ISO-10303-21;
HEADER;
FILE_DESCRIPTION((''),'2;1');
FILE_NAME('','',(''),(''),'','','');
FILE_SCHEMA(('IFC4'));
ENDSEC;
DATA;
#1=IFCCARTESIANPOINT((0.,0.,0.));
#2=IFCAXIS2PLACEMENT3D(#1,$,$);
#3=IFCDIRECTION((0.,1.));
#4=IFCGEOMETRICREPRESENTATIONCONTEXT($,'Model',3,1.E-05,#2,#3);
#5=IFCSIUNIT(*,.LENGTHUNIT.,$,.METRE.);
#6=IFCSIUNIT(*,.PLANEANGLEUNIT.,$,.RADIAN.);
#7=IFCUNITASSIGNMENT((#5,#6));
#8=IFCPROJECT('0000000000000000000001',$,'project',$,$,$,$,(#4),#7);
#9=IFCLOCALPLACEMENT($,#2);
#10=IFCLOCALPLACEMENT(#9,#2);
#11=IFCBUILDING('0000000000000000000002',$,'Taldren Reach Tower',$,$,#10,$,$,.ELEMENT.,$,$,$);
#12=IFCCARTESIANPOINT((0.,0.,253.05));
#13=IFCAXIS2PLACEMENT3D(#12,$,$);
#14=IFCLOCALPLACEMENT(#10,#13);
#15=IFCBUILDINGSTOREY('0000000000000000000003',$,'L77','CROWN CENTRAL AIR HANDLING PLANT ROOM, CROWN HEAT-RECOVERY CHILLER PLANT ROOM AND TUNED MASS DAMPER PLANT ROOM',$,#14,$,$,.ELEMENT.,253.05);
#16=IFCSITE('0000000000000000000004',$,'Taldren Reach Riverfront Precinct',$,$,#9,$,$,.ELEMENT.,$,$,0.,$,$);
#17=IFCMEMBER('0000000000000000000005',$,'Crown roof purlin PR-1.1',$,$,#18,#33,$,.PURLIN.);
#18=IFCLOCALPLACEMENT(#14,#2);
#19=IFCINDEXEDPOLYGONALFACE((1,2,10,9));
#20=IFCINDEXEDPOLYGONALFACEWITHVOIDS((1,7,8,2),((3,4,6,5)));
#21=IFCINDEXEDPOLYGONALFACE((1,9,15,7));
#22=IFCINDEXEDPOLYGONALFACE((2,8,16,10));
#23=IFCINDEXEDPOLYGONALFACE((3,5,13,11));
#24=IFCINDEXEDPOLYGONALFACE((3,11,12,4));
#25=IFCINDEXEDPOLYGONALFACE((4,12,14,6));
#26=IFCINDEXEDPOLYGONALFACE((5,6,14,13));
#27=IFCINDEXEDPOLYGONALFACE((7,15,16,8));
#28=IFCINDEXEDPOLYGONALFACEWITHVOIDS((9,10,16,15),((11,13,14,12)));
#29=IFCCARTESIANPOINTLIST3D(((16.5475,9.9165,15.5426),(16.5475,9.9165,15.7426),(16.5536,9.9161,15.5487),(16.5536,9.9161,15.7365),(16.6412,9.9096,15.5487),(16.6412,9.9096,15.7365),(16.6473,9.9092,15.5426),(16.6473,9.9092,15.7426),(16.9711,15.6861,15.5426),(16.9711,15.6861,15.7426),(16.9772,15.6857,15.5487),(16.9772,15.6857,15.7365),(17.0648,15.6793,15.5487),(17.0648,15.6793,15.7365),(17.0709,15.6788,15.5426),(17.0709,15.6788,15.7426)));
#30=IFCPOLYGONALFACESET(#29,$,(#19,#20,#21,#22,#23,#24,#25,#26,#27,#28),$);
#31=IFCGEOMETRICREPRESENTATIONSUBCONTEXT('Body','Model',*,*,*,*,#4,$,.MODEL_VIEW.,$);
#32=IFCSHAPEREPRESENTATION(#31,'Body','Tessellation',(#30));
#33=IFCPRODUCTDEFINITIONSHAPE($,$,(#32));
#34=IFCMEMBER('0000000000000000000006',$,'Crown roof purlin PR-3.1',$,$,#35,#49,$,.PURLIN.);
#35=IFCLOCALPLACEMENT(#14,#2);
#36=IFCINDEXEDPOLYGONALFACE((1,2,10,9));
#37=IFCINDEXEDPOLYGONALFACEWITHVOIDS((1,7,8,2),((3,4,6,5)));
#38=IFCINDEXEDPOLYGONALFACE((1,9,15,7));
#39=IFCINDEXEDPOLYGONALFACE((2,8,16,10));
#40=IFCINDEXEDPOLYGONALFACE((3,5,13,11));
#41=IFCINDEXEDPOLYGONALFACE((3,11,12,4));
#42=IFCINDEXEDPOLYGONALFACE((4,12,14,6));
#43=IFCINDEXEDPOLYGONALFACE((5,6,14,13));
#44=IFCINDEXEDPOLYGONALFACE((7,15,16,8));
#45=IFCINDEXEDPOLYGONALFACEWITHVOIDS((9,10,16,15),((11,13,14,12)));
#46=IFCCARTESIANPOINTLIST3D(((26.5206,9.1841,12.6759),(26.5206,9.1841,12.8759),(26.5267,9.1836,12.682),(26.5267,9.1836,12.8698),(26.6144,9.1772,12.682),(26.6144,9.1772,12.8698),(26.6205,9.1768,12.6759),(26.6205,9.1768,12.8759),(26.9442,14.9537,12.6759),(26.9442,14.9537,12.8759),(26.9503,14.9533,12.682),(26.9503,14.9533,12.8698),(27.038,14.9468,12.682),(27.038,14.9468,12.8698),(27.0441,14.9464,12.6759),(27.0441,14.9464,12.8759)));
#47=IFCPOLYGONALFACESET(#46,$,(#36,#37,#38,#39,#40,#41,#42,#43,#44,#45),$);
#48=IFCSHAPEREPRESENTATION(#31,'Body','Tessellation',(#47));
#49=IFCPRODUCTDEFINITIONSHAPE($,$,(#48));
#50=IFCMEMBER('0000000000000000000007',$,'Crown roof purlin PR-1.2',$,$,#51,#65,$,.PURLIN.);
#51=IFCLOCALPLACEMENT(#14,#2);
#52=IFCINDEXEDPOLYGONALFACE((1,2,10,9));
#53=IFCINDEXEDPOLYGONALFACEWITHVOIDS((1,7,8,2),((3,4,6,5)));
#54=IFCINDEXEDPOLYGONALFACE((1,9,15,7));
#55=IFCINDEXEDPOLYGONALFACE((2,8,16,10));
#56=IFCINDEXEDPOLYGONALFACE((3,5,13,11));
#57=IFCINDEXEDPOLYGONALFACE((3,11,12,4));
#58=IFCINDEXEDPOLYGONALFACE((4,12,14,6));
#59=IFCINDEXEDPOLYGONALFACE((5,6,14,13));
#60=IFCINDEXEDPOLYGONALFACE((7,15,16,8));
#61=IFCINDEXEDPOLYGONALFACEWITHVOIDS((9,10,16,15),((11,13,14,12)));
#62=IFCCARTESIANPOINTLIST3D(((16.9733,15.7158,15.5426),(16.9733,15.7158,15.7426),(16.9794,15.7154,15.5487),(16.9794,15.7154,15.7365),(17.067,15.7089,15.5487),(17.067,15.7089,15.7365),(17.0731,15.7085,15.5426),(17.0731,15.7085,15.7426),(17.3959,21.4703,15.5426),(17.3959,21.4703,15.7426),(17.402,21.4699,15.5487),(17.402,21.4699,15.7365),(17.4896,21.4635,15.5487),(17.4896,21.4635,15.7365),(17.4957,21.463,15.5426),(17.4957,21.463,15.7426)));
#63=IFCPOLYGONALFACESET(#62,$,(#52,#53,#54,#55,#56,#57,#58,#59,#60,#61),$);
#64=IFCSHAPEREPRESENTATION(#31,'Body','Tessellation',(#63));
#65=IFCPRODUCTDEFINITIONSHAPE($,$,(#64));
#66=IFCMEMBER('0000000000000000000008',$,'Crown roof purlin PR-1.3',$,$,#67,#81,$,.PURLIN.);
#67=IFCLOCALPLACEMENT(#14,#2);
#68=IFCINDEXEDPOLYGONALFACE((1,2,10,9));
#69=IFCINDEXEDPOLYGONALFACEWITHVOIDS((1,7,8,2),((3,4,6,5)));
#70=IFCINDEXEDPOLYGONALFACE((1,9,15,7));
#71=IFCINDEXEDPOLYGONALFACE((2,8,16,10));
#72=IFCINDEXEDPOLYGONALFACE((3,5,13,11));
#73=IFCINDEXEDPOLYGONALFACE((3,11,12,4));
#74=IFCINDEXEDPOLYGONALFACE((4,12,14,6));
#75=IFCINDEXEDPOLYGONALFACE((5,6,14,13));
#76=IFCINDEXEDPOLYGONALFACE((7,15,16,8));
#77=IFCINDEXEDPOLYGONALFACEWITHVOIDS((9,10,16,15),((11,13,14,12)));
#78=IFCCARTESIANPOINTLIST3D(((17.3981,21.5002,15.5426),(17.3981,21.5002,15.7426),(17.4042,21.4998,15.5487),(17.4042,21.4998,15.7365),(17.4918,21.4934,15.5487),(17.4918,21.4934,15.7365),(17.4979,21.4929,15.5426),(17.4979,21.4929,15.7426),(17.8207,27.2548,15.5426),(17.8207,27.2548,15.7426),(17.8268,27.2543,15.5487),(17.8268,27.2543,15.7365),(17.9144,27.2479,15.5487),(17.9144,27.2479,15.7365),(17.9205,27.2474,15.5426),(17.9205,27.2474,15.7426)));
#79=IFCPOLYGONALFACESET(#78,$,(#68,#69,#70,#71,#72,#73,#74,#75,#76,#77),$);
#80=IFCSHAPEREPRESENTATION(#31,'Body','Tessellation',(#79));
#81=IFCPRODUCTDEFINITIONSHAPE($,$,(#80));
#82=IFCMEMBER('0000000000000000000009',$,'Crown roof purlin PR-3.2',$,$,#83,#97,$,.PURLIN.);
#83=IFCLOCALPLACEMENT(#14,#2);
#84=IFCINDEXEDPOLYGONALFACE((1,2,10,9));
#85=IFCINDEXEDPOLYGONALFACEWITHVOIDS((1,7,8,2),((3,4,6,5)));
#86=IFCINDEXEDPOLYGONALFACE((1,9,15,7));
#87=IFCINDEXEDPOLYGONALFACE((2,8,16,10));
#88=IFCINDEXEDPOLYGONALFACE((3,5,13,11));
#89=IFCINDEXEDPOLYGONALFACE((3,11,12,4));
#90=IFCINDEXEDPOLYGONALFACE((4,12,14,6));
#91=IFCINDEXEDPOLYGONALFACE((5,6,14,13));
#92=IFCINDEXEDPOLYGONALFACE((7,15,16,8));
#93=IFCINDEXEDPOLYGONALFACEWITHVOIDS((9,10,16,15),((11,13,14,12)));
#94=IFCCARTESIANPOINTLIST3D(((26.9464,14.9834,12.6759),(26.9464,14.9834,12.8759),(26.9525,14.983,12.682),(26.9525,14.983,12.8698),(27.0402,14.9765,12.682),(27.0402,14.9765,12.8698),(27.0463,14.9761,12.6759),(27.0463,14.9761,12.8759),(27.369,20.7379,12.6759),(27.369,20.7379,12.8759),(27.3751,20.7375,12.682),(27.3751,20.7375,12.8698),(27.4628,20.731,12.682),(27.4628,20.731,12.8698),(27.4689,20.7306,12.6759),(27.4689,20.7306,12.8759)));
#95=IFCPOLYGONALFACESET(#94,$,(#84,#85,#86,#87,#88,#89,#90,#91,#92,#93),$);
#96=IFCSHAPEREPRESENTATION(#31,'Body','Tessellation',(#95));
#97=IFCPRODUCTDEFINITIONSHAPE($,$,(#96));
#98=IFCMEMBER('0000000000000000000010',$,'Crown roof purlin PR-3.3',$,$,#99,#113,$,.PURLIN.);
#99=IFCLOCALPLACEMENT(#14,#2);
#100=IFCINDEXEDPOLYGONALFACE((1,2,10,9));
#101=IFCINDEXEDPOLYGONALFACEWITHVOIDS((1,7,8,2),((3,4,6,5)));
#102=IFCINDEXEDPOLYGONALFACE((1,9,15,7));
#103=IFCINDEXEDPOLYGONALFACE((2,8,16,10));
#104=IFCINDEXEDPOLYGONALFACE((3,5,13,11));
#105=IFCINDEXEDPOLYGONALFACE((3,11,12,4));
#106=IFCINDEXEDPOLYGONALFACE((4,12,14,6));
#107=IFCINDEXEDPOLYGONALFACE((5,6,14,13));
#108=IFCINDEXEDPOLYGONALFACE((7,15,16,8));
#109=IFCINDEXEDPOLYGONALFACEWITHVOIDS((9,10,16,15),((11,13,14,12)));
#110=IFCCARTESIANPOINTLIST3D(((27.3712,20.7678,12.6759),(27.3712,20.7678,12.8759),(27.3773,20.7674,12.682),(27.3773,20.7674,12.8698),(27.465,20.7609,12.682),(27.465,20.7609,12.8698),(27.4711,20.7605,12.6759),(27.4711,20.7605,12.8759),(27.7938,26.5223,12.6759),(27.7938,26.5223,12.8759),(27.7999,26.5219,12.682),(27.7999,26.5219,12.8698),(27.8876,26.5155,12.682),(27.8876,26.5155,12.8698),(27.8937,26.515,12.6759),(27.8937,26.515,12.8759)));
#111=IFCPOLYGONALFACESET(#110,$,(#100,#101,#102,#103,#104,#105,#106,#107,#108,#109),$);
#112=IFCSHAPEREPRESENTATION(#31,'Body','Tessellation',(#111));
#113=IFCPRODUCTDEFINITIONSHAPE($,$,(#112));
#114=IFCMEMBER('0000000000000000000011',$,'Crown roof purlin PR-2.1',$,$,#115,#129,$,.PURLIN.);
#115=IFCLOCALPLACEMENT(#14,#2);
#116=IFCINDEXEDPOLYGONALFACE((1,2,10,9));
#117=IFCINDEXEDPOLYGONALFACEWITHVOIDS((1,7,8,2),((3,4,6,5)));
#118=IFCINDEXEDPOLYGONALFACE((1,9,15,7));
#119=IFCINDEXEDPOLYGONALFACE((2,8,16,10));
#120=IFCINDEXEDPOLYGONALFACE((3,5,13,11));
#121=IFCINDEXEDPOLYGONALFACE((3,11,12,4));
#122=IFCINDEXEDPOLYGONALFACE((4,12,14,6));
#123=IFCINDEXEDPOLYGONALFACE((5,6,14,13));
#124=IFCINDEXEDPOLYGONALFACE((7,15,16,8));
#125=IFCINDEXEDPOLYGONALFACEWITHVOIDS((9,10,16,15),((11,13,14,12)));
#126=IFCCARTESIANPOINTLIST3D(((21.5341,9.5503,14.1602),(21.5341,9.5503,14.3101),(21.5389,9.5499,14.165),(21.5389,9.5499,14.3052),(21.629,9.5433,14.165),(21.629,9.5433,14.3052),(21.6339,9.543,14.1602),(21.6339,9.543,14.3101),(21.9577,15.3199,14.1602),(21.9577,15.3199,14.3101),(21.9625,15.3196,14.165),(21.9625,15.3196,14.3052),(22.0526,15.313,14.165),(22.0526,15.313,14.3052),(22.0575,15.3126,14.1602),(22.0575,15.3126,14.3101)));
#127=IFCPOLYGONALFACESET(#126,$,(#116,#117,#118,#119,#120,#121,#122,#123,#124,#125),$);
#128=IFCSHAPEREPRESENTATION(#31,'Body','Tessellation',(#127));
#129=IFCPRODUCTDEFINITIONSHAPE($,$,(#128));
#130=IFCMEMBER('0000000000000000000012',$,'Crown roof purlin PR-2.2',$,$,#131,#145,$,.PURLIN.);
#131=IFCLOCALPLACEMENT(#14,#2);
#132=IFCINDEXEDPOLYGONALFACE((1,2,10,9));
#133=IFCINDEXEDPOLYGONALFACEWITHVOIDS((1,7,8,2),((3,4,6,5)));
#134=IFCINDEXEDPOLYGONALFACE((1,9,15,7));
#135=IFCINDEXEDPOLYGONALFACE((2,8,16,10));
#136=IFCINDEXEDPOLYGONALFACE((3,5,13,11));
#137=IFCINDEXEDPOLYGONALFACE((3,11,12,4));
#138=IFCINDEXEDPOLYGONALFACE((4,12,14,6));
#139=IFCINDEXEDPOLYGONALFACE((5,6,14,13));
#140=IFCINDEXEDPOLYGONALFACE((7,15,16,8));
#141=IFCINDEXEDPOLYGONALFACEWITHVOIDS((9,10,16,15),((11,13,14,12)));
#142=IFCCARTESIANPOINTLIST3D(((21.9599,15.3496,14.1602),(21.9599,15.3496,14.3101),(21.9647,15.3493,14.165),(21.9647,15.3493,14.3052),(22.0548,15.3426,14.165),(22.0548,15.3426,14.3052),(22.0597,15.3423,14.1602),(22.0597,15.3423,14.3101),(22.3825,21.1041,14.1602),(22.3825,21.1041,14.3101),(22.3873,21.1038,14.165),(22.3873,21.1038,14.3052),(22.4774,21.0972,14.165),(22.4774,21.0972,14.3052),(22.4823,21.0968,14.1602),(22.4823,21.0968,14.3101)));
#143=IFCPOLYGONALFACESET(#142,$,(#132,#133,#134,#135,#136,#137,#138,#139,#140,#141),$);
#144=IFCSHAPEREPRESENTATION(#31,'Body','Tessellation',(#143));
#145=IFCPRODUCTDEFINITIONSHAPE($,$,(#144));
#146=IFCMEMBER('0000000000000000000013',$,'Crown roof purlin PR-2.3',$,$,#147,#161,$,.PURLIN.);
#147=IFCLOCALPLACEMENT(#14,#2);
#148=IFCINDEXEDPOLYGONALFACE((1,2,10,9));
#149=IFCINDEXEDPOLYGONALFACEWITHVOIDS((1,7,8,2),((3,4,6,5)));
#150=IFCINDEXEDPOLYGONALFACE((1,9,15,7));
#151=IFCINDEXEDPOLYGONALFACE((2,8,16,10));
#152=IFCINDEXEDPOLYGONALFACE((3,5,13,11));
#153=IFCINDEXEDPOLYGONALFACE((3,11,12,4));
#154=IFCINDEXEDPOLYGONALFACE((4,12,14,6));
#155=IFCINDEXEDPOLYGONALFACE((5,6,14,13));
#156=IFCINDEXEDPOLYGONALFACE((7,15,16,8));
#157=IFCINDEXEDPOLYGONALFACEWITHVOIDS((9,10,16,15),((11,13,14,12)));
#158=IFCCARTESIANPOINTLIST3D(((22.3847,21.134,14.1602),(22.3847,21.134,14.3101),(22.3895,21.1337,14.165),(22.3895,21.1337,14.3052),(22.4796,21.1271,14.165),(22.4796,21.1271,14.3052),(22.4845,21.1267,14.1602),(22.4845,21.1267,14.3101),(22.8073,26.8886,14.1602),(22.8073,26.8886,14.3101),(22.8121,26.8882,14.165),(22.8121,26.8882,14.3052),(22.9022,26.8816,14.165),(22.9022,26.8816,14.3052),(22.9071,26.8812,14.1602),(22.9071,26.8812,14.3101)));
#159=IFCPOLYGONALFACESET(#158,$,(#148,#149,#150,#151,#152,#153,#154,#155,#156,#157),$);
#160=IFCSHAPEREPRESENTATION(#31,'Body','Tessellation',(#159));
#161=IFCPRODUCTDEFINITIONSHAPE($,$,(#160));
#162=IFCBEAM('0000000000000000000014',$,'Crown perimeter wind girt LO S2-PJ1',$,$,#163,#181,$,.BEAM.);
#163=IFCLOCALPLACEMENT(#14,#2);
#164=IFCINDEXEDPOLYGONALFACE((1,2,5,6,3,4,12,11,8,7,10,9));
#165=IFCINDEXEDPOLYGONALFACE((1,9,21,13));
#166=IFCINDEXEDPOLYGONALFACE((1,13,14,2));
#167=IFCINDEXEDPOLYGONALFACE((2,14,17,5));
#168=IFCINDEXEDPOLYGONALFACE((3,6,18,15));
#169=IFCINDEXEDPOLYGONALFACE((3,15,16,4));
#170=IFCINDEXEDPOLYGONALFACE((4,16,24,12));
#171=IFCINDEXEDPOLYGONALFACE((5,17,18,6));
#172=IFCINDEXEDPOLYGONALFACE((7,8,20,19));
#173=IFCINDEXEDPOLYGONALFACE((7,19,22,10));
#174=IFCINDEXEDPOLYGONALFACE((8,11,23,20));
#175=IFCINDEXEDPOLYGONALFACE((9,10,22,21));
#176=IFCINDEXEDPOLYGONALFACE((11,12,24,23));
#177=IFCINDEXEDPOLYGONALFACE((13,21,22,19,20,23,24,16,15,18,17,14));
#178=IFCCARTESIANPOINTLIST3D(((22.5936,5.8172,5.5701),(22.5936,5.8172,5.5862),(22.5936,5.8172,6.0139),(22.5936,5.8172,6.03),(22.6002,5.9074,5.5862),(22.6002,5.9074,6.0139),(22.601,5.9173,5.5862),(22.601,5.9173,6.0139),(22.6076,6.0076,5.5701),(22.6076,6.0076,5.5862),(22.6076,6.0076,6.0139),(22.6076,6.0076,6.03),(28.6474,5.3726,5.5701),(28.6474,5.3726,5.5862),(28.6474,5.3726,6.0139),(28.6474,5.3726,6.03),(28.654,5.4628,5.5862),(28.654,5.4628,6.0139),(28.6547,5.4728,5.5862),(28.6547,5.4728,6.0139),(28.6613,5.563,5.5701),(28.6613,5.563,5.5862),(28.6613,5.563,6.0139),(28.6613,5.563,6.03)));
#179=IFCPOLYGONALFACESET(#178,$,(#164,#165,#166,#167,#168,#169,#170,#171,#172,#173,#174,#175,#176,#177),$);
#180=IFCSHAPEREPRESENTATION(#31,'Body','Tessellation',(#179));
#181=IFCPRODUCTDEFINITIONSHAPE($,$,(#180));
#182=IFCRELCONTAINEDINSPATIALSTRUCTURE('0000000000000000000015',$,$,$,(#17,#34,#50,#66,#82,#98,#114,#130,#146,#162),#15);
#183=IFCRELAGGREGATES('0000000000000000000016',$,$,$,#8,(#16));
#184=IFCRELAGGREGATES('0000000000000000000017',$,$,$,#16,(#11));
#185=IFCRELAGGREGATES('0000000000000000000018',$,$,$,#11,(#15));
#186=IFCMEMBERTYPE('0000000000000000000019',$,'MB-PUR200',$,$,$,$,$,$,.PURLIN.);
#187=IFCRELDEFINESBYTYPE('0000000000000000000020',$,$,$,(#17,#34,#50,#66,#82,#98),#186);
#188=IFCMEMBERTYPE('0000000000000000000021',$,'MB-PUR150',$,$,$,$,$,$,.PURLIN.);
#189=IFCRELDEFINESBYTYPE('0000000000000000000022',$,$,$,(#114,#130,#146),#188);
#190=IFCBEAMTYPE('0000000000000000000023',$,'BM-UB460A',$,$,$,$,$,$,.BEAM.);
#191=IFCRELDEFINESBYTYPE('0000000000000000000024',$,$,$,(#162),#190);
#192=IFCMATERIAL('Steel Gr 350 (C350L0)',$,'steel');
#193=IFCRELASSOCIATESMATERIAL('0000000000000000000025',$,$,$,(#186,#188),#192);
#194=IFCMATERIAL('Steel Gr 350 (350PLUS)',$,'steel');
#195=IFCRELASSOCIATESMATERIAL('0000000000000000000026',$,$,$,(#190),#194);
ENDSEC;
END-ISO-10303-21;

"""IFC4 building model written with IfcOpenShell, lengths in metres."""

from ifc_helpers import new_model, si_unit, direction, frame, origin, origin_2d, place, context, subcontext, project, spatial, hollow_rectangle, i_section, extrude, source, transform, mapped, material, material_profile, profile_set, type_object, element, save


model = new_model("IFC4")

# Units and contexts
model_context = context("Model", 3, precision=1e-05, world=origin(), true_north=direction((0.0, 1.0)))
body_context = subcontext(model_context, "Body", "Model", "MODEL_VIEW")
ifc_project = project(units=[si_unit("LENGTHUNIT", "METRE"), si_unit("PLANEANGLEUNIT", "RADIAN")], contexts=[model_context])

# Site, building, storey
site_placement = place(None, origin())
site = spatial("IfcSite", under=ifc_project, at=site_placement, Name="Taldren Reach Riverfront Precinct", CompositionType="ELEMENT", RefElevation=0.0)
building_placement = place(site_placement, origin())
building = spatial("IfcBuilding", under=site, at=building_placement, Name="Taldren Reach Tower", CompositionType="ELEMENT")
storey_placement = place(building_placement, frame((0.0, 0.0, 253.05)))
storey = spatial("IfcBuildingStorey", under=building, at=storey_placement, Name="L77", Description="CROWN CENTRAL AIR HANDLING PLANT ROOM, CROWN HEAT-RECOVERY CHILLER PLANT ROOM AND TUNED MASS DAMPER PLANT ROOM", CompositionType="ELEMENT", Elevation=253.05)

# Shared definitions
ifc_material_1 = material(Name="Steel Gr 350 (350PLUS)", Category="steel")

# Shared definitions
ifc_material_2 = material(Name="Steel Gr 350 (C350L0)", Category="steel")

# Members
ifc_material_profile_1 = material_profile(ifc_material_2, hollow_rectangle(XDim=0.1001, YDim=0.2, WallThickness=0.0061, at=origin_2d()), Name="200x100x6.0RHS")
ifc_profile_set_1 = profile_set([ifc_material_profile_1], Name="Steel Gr 350 (C350L0)")
member_type_1 = type_object("IfcMemberType", Name="MB-PUR200", PredefinedType="PURLIN", material=ifc_profile_set_1)
shared_shape_1 = source(origin(), body_context, "Body", "SweptSolid", [
    extrude(hollow_rectangle(XDim=0.1001, YDim=0.2, WallThickness=0.0061, at=origin_2d()), origin(), (0.0, 0.0, 1.0), 5.7852),
])
for number, where, z_axis, x_axis, name in (
    (1, (16.5974, 9.9128, 15.6426), (0.07322, 0.997316, 0.0), (-0.997316, 0.07322, 0.0), "Crown roof purlin PR-1.1"),
    (2, (26.5706, 9.1804, 12.7759), (0.07322, 0.997316, 0.0), (-0.997316, 0.07322, 0.0), "Crown roof purlin PR-3.1"),
):
    element("IfcMember", number, at=place(storey_placement, frame(where, z_axis=z_axis, x_axis=x_axis)), inside=storey, type_object=member_type_1, Name=name, PredefinedType="PURLIN", context=body_context, shape_type="MappedRepresentation", body=[
        mapped(shared_shape_1, transform((0.0, 0.0, 0.0), scale=1.0)),
    ])
shared_shape_2 = source(origin(), body_context, "Body", "SweptSolid", [
    extrude(hollow_rectangle(XDim=0.1001, YDim=0.2, WallThickness=0.0061, at=origin_2d()), origin(), (0.0, 0.0, 1.0), 5.77),
])
for number, where, z_axis, x_axis, name in (
    (3, (17.0232, 15.7122, 15.6426), (0.07324, 0.997314, 0.0), (-0.997314, 0.07324, 0.0), "Crown roof purlin PR-1.2"),
    (4, (17.448, 21.4966, 15.6426), (0.07324, 0.997314, 0.0), (-0.997314, 0.07324, 0.0), "Crown roof purlin PR-1.3"),
    (5, (26.9963, 14.9797, 12.7759), (0.07324, 0.997314, 0.0), (-0.997314, 0.07324, 0.0), "Crown roof purlin PR-3.2"),
    (6, (27.4211, 20.7642, 12.7759), (0.07324, 0.997314, 0.0), (-0.997314, 0.07324, 0.0), "Crown roof purlin PR-3.3"),
):
    element("IfcMember", number, at=place(storey_placement, frame(where, z_axis=z_axis, x_axis=x_axis)), inside=storey, type_object=member_type_1, Name=name, PredefinedType="PURLIN", context=body_context, shape_type="MappedRepresentation", body=[
        mapped(shared_shape_2, transform((0.0, 0.0, 0.0), scale=1.0)),
    ])
ifc_material_profile_2 = material_profile(ifc_material_2, hollow_rectangle(XDim=0.1001, YDim=0.1499, WallThickness=0.0049, at=origin_2d()), Name="150x100x5.0RHS")
ifc_profile_set_2 = profile_set([ifc_material_profile_2], Name="Steel Gr 350 (C350L0)")
member_type_2 = type_object("IfcMemberType", Name="MB-PUR150", PredefinedType="PURLIN", material=ifc_profile_set_2)
shared_shape_3 = source(origin(), body_context, "Body", "SweptSolid", [
    extrude(hollow_rectangle(XDim=0.1001, YDim=0.1499, WallThickness=0.0049, at=origin_2d()), origin(), (0.0, 0.0, 1.0), 5.7852),
])
member_1_placement = place(storey_placement, frame((21.584, 9.5466, 14.2351), z_axis=(0.07322, 0.997316, 0.0), x_axis=(-0.997316, 0.07322, 0.0)))
element("IfcMember", 7, at=member_1_placement, inside=storey, type_object=member_type_2, Name="Crown roof purlin PR-2.1", PredefinedType="PURLIN", context=body_context, shape_type="MappedRepresentation", body=[
    mapped(shared_shape_3, transform((0.0, 0.0, 0.0), scale=1.0)),
])
shared_shape_4 = source(origin(), body_context, "Body", "SweptSolid", [
    extrude(hollow_rectangle(XDim=0.1001, YDim=0.1499, WallThickness=0.0049, at=origin_2d()), origin(), (0.0, 0.0, 1.0), 5.77),
])
for number, where, z_axis, x_axis, name in (
    (8, (22.0098, 15.3459, 14.2351), (0.07324, 0.997314, 0.0), (-0.997314, 0.07324, 0.0), "Crown roof purlin PR-2.2"),
    (9, (22.4346, 21.1304, 14.2351), (0.07324, 0.997314, 0.0), (-0.997314, 0.07324, 0.0), "Crown roof purlin PR-2.3"),
):
    element("IfcMember", number, at=place(storey_placement, frame(where, z_axis=z_axis, x_axis=x_axis)), inside=storey, type_object=member_type_2, Name=name, PredefinedType="PURLIN", context=body_context, shape_type="MappedRepresentation", body=[
        mapped(shared_shape_4, transform((0.0, 0.0, 0.0), scale=1.0)),
    ])

# Beam
ifc_material_profile_3 = material_profile(ifc_material_1, i_section(OverallWidth=0.1909, OverallDepth=0.46, WebThickness=0.01, FlangeThickness=0.0161, at=origin_2d()), Name="460UB82.1")
ifc_profile_set_3 = profile_set([ifc_material_profile_3], Name="Steel Gr 350 (350PLUS)")
beam_type_1 = type_object("IfcBeamType", Name="BM-UB460A", PredefinedType="BEAM", material=ifc_profile_set_3)
shared_shape_5 = source(origin(), body_context, "Body", "SweptSolid", [
    extrude(i_section(OverallWidth=0.1909, OverallDepth=0.46, WebThickness=0.01, FlangeThickness=0.0161, at=origin_2d()), origin(), (0.0, 0.0, 1.0), 6.0701),
])
beam_1_placement = place(storey_placement, frame((22.6006, 5.9124, 5.8), z_axis=(0.997314, -0.073242, 0.0), x_axis=(0.073242, 0.997314, 0.0)))
element("IfcBeam", 10, at=beam_1_placement, inside=storey, type_object=beam_type_1, Name="Crown perimeter wind girt LO S2-PJ1", PredefinedType="BEAM", context=body_context, shape_type="MappedRepresentation", body=[
    mapped(shared_shape_5, transform((0.0, 0.0, 0.0), scale=1.0)),
])

save(model, "model.ifc")
